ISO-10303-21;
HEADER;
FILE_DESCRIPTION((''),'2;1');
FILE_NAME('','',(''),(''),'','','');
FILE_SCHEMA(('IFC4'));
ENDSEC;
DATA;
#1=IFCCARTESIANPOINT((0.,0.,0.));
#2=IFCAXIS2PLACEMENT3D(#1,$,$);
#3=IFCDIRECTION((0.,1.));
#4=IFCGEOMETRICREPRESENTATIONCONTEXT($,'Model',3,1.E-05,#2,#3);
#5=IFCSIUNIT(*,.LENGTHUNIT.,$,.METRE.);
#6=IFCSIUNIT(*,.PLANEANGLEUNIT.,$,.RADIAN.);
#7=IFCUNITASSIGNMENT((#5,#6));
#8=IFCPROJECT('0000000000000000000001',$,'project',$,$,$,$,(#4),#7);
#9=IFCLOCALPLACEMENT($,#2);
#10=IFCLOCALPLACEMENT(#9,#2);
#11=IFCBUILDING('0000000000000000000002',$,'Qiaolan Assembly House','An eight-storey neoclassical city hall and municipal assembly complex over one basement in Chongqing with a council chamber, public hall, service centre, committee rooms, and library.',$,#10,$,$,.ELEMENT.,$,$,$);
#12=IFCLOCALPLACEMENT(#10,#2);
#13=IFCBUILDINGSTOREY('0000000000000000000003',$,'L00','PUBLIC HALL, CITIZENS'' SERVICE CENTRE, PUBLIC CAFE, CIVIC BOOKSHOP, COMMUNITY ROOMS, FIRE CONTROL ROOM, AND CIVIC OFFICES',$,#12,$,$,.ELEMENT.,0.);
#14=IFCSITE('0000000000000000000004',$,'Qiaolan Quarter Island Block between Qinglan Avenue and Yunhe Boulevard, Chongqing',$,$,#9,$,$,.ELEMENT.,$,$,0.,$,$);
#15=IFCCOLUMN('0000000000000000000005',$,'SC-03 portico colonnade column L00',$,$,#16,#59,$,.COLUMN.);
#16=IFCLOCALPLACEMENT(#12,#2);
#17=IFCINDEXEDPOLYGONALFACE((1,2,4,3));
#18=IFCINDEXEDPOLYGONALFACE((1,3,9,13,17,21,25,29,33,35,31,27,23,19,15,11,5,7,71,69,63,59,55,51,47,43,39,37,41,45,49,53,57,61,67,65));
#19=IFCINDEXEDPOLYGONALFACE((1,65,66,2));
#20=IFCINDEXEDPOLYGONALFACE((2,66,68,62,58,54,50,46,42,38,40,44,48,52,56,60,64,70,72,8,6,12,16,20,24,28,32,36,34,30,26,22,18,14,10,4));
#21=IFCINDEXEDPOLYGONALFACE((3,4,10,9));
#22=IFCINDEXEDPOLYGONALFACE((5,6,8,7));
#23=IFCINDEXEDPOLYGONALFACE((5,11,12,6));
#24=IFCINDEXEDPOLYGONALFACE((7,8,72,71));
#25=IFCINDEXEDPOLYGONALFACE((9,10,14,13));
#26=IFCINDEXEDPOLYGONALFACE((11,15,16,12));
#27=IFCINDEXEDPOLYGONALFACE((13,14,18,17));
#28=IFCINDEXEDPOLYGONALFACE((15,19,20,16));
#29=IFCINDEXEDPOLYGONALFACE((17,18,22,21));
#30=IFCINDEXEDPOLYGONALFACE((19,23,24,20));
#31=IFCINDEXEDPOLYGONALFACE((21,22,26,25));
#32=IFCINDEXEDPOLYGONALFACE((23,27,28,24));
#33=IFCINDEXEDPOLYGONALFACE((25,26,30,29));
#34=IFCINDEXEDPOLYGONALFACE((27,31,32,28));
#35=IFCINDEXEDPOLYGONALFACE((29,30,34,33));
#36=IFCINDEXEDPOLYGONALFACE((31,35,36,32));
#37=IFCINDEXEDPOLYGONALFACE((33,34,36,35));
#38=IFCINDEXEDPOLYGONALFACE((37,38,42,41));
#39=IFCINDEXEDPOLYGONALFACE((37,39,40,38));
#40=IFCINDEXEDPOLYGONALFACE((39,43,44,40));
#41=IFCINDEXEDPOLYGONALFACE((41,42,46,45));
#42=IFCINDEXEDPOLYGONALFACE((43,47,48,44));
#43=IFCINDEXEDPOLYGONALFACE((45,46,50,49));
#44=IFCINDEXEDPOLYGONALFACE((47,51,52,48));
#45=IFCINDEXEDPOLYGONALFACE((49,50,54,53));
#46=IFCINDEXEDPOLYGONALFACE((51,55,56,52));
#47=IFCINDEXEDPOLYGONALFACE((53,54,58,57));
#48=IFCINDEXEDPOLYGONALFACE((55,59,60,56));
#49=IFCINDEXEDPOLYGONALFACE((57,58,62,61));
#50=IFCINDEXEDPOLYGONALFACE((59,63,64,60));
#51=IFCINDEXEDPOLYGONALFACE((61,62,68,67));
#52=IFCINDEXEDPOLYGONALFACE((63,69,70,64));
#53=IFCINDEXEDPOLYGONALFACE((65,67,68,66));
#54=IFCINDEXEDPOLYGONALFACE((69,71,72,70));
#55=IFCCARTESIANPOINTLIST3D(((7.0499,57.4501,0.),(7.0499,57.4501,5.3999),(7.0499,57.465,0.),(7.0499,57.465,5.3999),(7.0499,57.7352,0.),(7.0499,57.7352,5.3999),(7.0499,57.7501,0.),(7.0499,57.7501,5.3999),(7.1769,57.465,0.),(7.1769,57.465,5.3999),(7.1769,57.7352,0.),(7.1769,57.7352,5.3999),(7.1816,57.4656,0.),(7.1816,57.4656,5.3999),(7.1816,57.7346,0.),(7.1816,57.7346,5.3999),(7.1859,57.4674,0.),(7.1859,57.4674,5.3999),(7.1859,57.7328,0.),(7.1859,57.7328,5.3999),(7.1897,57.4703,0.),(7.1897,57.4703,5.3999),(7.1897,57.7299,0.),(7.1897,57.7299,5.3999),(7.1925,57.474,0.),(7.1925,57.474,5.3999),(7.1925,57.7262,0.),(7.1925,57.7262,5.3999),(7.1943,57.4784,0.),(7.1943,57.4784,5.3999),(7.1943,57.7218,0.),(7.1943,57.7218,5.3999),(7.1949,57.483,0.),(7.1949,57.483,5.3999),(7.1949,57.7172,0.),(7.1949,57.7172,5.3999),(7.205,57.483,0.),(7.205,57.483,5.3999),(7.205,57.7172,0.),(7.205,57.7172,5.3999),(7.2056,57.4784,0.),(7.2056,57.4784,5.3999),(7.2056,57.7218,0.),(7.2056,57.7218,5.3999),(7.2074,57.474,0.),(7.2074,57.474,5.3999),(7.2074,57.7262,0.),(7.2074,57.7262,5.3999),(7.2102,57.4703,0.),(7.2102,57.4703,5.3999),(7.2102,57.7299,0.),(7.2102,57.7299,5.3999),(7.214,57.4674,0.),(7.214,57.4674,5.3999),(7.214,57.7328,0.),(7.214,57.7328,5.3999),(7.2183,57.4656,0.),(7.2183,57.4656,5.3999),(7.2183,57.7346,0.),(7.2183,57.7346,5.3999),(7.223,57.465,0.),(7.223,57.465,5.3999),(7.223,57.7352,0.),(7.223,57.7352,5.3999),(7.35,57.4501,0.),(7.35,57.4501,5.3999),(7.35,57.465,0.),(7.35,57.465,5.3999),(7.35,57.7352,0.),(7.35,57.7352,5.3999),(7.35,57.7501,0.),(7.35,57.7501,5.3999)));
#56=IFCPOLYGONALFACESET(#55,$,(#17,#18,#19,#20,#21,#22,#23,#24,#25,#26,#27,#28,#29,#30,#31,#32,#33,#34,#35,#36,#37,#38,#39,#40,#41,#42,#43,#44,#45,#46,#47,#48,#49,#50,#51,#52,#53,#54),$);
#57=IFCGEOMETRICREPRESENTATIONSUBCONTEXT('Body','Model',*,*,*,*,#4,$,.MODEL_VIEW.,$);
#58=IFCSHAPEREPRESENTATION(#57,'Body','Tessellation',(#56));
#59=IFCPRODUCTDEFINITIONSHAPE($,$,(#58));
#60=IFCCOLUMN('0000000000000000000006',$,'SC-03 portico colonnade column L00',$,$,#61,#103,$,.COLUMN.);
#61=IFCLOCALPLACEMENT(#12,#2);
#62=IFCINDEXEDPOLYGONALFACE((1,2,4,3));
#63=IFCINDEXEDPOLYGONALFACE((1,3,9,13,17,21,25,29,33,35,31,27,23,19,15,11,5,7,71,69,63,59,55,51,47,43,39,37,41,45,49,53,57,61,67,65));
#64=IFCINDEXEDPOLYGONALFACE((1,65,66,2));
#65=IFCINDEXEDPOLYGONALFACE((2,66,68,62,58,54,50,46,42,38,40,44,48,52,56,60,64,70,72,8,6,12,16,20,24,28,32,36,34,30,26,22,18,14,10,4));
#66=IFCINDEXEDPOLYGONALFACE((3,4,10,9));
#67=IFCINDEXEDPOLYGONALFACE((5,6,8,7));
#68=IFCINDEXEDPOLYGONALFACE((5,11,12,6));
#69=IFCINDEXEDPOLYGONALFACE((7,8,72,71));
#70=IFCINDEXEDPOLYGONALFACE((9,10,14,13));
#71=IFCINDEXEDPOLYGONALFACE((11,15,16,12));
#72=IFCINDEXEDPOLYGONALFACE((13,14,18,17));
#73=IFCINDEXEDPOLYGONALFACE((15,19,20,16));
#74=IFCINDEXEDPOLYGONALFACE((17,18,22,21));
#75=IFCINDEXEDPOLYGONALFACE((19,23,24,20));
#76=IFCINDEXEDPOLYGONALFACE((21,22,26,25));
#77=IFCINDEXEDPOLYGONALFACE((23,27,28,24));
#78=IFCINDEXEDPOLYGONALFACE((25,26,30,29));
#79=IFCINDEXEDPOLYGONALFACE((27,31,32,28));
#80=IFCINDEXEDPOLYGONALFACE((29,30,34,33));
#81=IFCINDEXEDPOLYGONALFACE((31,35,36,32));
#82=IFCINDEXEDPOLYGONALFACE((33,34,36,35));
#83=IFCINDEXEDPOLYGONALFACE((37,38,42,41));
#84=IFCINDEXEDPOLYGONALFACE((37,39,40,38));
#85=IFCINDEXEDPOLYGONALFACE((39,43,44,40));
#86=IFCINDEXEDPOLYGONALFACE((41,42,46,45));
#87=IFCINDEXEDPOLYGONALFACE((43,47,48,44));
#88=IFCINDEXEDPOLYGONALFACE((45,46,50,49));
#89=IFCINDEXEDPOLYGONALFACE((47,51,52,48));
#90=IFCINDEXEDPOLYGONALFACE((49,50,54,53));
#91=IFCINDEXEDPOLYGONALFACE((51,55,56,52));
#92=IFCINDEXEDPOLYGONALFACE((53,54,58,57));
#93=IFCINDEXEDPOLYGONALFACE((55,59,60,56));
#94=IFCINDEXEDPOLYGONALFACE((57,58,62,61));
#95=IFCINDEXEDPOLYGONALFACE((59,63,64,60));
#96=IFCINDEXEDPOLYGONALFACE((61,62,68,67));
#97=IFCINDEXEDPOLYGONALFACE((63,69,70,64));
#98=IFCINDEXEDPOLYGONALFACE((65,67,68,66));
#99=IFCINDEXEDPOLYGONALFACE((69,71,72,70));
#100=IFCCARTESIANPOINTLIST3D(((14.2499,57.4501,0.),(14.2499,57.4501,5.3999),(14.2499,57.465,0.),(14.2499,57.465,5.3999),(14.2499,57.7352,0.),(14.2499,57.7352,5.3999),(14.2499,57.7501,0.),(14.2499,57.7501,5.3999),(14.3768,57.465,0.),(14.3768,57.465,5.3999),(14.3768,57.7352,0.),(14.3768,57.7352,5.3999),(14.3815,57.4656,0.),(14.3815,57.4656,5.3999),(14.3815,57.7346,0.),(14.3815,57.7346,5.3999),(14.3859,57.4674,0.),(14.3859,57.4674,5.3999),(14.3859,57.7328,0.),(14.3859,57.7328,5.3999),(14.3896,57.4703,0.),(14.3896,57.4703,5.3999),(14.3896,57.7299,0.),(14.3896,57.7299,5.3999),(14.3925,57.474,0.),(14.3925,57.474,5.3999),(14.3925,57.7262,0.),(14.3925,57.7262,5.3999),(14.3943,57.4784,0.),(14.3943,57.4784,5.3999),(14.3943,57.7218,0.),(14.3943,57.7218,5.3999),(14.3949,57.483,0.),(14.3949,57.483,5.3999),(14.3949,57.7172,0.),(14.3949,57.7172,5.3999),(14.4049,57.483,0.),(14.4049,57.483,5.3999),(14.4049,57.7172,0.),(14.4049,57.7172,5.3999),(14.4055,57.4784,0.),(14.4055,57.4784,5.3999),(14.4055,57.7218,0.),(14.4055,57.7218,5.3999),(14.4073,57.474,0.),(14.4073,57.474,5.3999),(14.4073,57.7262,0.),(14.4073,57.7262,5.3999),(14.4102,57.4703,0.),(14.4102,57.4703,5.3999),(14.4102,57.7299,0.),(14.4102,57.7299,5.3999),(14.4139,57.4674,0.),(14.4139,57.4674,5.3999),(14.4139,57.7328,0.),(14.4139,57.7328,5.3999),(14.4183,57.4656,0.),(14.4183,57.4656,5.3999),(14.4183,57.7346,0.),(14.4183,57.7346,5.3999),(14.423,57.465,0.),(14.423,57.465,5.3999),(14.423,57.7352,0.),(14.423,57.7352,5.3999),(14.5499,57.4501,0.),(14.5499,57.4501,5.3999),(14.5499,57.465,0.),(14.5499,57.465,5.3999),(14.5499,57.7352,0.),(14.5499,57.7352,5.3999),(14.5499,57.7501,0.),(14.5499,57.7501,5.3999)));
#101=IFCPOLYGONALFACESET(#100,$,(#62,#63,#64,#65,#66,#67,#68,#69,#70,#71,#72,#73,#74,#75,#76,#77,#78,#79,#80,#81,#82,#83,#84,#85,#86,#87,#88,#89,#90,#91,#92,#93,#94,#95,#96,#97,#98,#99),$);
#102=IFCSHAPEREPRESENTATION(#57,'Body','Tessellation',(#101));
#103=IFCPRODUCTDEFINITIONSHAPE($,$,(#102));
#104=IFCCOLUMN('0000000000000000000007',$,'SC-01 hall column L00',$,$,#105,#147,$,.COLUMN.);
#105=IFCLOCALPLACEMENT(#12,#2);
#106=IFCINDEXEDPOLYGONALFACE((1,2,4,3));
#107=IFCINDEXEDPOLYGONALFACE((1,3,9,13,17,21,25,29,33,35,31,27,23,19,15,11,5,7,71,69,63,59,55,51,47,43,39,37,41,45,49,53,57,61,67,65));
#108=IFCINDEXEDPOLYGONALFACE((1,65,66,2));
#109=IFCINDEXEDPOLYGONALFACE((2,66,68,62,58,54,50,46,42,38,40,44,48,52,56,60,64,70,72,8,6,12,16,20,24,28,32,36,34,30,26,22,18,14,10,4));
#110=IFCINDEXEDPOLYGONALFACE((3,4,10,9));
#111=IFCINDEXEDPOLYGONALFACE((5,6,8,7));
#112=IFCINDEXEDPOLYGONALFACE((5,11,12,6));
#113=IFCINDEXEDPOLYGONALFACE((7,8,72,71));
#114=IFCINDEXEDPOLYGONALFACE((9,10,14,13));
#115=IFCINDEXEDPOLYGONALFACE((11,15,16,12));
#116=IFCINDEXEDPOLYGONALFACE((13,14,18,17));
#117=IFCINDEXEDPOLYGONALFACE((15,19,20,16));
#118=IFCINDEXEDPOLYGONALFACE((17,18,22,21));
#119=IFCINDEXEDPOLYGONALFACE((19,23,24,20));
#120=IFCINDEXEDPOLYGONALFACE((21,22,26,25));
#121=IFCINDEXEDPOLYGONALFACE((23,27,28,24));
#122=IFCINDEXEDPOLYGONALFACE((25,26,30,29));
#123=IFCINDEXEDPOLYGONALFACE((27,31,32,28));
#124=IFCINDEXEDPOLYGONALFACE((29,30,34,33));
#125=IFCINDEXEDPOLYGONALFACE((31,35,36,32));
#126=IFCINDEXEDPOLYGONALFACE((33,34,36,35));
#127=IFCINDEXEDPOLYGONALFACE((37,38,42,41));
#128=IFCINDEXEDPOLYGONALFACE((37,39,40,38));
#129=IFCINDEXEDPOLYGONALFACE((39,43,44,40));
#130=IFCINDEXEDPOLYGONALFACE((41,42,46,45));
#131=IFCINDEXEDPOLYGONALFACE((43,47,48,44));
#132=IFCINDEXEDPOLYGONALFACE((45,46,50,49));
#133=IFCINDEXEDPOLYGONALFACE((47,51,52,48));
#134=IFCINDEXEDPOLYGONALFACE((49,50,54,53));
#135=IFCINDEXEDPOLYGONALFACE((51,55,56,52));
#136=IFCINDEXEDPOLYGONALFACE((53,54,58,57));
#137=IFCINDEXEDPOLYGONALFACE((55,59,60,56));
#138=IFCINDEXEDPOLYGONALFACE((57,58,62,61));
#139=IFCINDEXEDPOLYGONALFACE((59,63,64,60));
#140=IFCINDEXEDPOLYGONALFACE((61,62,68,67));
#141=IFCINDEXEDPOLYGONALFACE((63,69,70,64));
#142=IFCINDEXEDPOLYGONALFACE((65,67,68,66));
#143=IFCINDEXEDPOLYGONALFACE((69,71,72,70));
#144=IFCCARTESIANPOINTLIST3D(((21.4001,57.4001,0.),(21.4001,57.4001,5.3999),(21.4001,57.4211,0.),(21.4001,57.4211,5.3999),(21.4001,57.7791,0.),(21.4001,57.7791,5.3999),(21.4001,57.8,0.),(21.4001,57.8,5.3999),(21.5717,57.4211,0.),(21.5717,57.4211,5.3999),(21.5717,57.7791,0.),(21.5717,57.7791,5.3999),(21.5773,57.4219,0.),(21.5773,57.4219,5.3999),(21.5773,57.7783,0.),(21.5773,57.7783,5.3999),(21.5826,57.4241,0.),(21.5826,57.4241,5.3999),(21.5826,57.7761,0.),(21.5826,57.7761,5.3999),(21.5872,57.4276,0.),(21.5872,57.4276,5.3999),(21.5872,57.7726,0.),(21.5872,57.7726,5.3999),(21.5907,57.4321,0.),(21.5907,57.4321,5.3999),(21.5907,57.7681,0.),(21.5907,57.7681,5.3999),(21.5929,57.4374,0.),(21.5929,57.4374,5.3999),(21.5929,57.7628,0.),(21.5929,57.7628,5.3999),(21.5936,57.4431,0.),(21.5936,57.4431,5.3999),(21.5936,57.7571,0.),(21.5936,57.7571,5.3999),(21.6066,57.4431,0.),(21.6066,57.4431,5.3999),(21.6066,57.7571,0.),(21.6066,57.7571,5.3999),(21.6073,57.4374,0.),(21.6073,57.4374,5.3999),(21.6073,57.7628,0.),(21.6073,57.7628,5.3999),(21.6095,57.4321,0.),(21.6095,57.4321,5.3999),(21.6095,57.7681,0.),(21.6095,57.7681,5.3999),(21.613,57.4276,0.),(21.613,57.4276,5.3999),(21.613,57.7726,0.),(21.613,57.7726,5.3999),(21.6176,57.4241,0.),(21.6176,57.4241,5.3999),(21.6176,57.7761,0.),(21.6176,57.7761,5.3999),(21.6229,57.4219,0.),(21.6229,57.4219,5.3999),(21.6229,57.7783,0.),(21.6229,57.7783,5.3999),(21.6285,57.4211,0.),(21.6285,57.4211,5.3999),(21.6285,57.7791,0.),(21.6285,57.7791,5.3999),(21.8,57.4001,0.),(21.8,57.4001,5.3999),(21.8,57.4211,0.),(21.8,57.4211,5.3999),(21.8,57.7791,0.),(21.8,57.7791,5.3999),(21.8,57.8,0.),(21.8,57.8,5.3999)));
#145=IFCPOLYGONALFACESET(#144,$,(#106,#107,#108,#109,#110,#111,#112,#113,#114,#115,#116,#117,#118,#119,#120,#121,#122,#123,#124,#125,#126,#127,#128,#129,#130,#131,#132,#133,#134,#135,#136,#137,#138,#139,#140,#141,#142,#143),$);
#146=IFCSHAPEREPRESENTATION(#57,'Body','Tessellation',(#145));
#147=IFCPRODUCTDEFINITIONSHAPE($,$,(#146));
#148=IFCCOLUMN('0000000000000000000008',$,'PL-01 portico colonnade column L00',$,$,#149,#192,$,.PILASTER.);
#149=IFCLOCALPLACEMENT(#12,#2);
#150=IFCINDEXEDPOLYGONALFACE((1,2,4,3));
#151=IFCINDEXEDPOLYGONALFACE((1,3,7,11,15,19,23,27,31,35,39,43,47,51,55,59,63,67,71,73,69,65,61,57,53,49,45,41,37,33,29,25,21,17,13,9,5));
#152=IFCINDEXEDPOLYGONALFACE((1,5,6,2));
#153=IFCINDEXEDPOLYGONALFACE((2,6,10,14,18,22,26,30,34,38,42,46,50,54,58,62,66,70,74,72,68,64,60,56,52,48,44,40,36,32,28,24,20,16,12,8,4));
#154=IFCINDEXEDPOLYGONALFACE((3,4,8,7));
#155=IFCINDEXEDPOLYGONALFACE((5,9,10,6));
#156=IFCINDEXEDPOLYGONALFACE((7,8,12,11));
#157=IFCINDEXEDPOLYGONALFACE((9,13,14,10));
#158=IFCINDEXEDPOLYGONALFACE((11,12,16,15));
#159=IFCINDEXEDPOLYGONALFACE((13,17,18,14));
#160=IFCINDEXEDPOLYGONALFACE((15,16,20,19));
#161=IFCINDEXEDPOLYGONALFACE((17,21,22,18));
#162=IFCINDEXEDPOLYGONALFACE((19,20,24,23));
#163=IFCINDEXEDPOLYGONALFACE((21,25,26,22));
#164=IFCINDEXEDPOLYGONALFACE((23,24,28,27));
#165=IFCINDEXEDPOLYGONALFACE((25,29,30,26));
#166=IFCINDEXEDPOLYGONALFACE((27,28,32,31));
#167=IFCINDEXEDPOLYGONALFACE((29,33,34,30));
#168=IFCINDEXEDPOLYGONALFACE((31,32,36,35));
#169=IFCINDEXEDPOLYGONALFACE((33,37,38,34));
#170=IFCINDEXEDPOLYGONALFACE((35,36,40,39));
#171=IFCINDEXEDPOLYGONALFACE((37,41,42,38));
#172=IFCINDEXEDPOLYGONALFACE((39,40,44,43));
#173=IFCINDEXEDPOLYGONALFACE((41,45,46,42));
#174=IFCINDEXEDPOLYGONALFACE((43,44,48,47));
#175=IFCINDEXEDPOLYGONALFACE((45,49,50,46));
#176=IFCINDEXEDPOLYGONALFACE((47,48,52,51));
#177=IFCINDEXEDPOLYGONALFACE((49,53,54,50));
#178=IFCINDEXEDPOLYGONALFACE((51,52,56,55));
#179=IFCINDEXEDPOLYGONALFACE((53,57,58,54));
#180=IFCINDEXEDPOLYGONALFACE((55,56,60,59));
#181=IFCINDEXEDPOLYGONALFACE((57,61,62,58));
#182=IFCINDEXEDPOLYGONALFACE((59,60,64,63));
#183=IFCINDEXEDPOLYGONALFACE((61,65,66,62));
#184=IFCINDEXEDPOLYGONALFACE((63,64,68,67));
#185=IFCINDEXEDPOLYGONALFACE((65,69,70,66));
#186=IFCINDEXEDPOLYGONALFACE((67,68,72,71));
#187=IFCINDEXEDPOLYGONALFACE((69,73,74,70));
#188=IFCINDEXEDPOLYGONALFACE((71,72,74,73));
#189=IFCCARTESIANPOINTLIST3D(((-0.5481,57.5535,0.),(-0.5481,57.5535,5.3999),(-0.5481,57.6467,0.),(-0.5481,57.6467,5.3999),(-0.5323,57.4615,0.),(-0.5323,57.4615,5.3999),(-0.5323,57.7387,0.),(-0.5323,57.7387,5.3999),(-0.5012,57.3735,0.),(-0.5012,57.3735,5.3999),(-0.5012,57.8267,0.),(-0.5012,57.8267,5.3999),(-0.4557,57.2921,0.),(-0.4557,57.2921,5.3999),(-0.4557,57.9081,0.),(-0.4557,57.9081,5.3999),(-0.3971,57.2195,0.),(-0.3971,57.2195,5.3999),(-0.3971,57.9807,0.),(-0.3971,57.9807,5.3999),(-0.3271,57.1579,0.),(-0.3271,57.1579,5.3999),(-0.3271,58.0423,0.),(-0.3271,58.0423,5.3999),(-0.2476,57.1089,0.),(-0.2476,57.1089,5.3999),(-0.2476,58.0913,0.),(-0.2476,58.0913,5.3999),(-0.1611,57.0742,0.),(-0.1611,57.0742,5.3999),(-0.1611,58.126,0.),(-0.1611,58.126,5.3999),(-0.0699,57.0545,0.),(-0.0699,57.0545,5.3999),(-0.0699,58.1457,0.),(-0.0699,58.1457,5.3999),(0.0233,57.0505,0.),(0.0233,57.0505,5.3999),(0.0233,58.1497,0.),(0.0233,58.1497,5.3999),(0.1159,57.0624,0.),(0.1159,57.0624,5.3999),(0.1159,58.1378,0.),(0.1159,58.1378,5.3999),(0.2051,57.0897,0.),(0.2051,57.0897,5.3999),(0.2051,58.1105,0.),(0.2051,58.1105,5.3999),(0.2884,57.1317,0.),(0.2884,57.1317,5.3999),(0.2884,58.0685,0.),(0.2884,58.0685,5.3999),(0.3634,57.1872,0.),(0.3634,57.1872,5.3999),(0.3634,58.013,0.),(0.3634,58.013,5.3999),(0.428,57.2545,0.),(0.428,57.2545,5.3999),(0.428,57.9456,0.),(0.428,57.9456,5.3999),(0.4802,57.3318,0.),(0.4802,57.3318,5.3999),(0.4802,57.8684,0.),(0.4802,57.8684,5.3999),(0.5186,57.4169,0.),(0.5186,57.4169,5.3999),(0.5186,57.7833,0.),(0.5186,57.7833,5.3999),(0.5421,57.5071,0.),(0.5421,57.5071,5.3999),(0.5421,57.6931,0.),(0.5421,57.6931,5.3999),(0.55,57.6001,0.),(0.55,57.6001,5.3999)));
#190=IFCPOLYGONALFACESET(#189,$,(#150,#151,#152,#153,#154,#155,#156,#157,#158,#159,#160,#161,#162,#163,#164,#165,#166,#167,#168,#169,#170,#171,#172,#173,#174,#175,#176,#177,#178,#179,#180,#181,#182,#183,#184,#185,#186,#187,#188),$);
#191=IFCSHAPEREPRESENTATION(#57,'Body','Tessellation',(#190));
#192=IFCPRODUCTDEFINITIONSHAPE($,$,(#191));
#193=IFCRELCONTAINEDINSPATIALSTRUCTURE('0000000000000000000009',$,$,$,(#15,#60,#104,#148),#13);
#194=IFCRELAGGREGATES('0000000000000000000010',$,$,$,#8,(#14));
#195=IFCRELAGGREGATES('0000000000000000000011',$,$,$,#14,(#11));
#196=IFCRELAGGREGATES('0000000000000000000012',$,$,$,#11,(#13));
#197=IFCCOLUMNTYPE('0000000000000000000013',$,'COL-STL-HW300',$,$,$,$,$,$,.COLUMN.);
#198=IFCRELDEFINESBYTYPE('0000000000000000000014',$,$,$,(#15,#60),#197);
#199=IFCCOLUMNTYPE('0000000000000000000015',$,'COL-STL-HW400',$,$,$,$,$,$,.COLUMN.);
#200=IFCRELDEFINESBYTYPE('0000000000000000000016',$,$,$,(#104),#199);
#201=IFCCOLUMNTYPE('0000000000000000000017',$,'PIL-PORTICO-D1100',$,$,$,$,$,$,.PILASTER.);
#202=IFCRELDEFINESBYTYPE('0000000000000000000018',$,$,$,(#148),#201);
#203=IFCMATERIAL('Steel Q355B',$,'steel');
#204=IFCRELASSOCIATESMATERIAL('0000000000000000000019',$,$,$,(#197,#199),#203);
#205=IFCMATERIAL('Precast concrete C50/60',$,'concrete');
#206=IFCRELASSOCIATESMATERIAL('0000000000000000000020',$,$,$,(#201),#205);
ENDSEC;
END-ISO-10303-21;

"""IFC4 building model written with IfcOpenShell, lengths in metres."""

from ifc_helpers import new_model, si_unit, direction, frame, origin, origin_2d, place, context, subcontext, project, spatial, circle, i_section, extrude, material, material_profile, profile_set, type_object, element, save


model = new_model("IFC4")

# Units and contexts
model_context = context("Model", 3, precision=1e-05, world=origin(), true_north=direction((0.0, 1.0)))
body_context = subcontext(model_context, "Body", "Model", "MODEL_VIEW")
ifc_project = project(units=[si_unit("LENGTHUNIT", "METRE"), si_unit("PLANEANGLEUNIT", "RADIAN")], contexts=[model_context])

# Site, building, storey
site_placement = place(None, origin())
site = spatial("IfcSite", under=ifc_project, at=site_placement, Name="Qiaolan Quarter Island Block between Qinglan Avenue and Yunhe Boulevard, Chongqing", CompositionType="ELEMENT", RefElevation=0.0)
building_placement = place(site_placement, origin())
building = spatial("IfcBuilding", under=site, at=building_placement, Name="Qiaolan Assembly House", Description="An eight-storey neoclassical city hall and municipal assembly complex over one basement in Chongqing with a council chamber, public hall, service centre, committee rooms, and library.", CompositionType="ELEMENT")
storey_placement = place(building_placement, origin())
storey = spatial("IfcBuildingStorey", under=building, at=storey_placement, Name="L00", Description="PUBLIC HALL, CITIZENS' SERVICE CENTRE, PUBLIC CAFE, CIVIC BOOKSHOP, COMMUNITY ROOMS, FIRE CONTROL ROOM, AND CIVIC OFFICES", CompositionType="ELEMENT", Elevation=0.0)

# Columns
ifc_material_1 = material(Name="Steel Q355B", Category="steel")
ifc_material_profile_1 = material_profile(ifc_material_1, i_section(OverallWidth=0.3, OverallDepth=0.3, WebThickness=0.01, FlangeThickness=0.0149, FilletRadius=0.0181, at=origin_2d()), Name="HW 300x300x10x15")
ifc_profile_set_1 = profile_set([ifc_material_profile_1], Name="Steel Q355B")
column_type_1 = type_object("IfcColumnType", Name="COL-STL-HW300", PredefinedType="COLUMN", material=ifc_profile_set_1)
for number, where, z_axis, x_axis, name in (
    (1, (7.2, 57.6001, 0.0), (0.0, 0.0, 1.0), (1.0, 0.0, 0.0), "SC-03 portico colonnade column L00"),
    (2, (14.3999, 57.6001, 0.0), (0.0, 0.0, 1.0), (1.0, 0.0, 0.0), "SC-03 portico colonnade column L00"),
):
    element("IfcColumn", number, at=place(storey_placement, frame(where, z_axis=z_axis, x_axis=x_axis)), inside=storey, type_object=column_type_1, Name=name, PredefinedType="COLUMN", context=body_context, shape_type="SweptSolid", body=[
        extrude(i_section(OverallWidth=0.3, OverallDepth=0.3, WebThickness=0.01, FlangeThickness=0.0149, FilletRadius=0.0181, at=origin_2d()), origin(), (0.0, 0.0, 1.0), 5.3999),
    ])
ifc_material_profile_2 = material_profile(ifc_material_1, i_section(OverallWidth=0.3999, OverallDepth=0.3999, WebThickness=0.0129, FlangeThickness=0.021, FilletRadius=0.022, at=origin_2d()), Name="HW 400x400x13x21")
ifc_profile_set_2 = profile_set([ifc_material_profile_2], Name="Steel Q355B")
column_type_2 = type_object("IfcColumnType", Name="COL-STL-HW400", PredefinedType="COLUMN", material=ifc_profile_set_2)
column_1_placement = place(storey_placement, frame((21.6001, 57.6001, 0.0), z_axis=(0.0, 0.0, 1.0), x_axis=(1.0, 0.0, 0.0)))
element("IfcColumn", 3, at=column_1_placement, inside=storey, type_object=column_type_2, Name="SC-01 hall column L00", PredefinedType="COLUMN", context=body_context, shape_type="SweptSolid", body=[
    extrude(i_section(OverallWidth=0.3999, OverallDepth=0.3999, WebThickness=0.0129, FlangeThickness=0.021, FilletRadius=0.022, at=origin_2d()), origin(), (0.0, 0.0, 1.0), 5.3999),
])
ifc_material_2 = material(Name="Precast concrete C50/60", Category="concrete")
ifc_material_profile_3 = material_profile(ifc_material_2, circle(Radius=0.55, at=origin_2d()), Name="CIRC D1100")
ifc_profile_set_3 = profile_set([ifc_material_profile_3], Name="Precast concrete C50/60")
column_type_3 = type_object("IfcColumnType", Name="PIL-PORTICO-D1100", PredefinedType="PILASTER", material=ifc_profile_set_3)
column_2_placement = place(storey_placement, frame((0.0, 57.6001, 0.0), z_axis=(0.0, 0.0, 1.0), x_axis=(1.0, 0.0, 0.0)))
element("IfcColumn", 4, at=column_2_placement, inside=storey, type_object=column_type_3, Name="PL-01 portico colonnade column L00", PredefinedType="PILASTER", context=body_context, shape_type="SweptSolid", body=[
    extrude(circle(Radius=0.55, at=origin_2d()), origin(), (0.0, 0.0, 1.0), 5.3999),
])

save(model, "model.ifc")
